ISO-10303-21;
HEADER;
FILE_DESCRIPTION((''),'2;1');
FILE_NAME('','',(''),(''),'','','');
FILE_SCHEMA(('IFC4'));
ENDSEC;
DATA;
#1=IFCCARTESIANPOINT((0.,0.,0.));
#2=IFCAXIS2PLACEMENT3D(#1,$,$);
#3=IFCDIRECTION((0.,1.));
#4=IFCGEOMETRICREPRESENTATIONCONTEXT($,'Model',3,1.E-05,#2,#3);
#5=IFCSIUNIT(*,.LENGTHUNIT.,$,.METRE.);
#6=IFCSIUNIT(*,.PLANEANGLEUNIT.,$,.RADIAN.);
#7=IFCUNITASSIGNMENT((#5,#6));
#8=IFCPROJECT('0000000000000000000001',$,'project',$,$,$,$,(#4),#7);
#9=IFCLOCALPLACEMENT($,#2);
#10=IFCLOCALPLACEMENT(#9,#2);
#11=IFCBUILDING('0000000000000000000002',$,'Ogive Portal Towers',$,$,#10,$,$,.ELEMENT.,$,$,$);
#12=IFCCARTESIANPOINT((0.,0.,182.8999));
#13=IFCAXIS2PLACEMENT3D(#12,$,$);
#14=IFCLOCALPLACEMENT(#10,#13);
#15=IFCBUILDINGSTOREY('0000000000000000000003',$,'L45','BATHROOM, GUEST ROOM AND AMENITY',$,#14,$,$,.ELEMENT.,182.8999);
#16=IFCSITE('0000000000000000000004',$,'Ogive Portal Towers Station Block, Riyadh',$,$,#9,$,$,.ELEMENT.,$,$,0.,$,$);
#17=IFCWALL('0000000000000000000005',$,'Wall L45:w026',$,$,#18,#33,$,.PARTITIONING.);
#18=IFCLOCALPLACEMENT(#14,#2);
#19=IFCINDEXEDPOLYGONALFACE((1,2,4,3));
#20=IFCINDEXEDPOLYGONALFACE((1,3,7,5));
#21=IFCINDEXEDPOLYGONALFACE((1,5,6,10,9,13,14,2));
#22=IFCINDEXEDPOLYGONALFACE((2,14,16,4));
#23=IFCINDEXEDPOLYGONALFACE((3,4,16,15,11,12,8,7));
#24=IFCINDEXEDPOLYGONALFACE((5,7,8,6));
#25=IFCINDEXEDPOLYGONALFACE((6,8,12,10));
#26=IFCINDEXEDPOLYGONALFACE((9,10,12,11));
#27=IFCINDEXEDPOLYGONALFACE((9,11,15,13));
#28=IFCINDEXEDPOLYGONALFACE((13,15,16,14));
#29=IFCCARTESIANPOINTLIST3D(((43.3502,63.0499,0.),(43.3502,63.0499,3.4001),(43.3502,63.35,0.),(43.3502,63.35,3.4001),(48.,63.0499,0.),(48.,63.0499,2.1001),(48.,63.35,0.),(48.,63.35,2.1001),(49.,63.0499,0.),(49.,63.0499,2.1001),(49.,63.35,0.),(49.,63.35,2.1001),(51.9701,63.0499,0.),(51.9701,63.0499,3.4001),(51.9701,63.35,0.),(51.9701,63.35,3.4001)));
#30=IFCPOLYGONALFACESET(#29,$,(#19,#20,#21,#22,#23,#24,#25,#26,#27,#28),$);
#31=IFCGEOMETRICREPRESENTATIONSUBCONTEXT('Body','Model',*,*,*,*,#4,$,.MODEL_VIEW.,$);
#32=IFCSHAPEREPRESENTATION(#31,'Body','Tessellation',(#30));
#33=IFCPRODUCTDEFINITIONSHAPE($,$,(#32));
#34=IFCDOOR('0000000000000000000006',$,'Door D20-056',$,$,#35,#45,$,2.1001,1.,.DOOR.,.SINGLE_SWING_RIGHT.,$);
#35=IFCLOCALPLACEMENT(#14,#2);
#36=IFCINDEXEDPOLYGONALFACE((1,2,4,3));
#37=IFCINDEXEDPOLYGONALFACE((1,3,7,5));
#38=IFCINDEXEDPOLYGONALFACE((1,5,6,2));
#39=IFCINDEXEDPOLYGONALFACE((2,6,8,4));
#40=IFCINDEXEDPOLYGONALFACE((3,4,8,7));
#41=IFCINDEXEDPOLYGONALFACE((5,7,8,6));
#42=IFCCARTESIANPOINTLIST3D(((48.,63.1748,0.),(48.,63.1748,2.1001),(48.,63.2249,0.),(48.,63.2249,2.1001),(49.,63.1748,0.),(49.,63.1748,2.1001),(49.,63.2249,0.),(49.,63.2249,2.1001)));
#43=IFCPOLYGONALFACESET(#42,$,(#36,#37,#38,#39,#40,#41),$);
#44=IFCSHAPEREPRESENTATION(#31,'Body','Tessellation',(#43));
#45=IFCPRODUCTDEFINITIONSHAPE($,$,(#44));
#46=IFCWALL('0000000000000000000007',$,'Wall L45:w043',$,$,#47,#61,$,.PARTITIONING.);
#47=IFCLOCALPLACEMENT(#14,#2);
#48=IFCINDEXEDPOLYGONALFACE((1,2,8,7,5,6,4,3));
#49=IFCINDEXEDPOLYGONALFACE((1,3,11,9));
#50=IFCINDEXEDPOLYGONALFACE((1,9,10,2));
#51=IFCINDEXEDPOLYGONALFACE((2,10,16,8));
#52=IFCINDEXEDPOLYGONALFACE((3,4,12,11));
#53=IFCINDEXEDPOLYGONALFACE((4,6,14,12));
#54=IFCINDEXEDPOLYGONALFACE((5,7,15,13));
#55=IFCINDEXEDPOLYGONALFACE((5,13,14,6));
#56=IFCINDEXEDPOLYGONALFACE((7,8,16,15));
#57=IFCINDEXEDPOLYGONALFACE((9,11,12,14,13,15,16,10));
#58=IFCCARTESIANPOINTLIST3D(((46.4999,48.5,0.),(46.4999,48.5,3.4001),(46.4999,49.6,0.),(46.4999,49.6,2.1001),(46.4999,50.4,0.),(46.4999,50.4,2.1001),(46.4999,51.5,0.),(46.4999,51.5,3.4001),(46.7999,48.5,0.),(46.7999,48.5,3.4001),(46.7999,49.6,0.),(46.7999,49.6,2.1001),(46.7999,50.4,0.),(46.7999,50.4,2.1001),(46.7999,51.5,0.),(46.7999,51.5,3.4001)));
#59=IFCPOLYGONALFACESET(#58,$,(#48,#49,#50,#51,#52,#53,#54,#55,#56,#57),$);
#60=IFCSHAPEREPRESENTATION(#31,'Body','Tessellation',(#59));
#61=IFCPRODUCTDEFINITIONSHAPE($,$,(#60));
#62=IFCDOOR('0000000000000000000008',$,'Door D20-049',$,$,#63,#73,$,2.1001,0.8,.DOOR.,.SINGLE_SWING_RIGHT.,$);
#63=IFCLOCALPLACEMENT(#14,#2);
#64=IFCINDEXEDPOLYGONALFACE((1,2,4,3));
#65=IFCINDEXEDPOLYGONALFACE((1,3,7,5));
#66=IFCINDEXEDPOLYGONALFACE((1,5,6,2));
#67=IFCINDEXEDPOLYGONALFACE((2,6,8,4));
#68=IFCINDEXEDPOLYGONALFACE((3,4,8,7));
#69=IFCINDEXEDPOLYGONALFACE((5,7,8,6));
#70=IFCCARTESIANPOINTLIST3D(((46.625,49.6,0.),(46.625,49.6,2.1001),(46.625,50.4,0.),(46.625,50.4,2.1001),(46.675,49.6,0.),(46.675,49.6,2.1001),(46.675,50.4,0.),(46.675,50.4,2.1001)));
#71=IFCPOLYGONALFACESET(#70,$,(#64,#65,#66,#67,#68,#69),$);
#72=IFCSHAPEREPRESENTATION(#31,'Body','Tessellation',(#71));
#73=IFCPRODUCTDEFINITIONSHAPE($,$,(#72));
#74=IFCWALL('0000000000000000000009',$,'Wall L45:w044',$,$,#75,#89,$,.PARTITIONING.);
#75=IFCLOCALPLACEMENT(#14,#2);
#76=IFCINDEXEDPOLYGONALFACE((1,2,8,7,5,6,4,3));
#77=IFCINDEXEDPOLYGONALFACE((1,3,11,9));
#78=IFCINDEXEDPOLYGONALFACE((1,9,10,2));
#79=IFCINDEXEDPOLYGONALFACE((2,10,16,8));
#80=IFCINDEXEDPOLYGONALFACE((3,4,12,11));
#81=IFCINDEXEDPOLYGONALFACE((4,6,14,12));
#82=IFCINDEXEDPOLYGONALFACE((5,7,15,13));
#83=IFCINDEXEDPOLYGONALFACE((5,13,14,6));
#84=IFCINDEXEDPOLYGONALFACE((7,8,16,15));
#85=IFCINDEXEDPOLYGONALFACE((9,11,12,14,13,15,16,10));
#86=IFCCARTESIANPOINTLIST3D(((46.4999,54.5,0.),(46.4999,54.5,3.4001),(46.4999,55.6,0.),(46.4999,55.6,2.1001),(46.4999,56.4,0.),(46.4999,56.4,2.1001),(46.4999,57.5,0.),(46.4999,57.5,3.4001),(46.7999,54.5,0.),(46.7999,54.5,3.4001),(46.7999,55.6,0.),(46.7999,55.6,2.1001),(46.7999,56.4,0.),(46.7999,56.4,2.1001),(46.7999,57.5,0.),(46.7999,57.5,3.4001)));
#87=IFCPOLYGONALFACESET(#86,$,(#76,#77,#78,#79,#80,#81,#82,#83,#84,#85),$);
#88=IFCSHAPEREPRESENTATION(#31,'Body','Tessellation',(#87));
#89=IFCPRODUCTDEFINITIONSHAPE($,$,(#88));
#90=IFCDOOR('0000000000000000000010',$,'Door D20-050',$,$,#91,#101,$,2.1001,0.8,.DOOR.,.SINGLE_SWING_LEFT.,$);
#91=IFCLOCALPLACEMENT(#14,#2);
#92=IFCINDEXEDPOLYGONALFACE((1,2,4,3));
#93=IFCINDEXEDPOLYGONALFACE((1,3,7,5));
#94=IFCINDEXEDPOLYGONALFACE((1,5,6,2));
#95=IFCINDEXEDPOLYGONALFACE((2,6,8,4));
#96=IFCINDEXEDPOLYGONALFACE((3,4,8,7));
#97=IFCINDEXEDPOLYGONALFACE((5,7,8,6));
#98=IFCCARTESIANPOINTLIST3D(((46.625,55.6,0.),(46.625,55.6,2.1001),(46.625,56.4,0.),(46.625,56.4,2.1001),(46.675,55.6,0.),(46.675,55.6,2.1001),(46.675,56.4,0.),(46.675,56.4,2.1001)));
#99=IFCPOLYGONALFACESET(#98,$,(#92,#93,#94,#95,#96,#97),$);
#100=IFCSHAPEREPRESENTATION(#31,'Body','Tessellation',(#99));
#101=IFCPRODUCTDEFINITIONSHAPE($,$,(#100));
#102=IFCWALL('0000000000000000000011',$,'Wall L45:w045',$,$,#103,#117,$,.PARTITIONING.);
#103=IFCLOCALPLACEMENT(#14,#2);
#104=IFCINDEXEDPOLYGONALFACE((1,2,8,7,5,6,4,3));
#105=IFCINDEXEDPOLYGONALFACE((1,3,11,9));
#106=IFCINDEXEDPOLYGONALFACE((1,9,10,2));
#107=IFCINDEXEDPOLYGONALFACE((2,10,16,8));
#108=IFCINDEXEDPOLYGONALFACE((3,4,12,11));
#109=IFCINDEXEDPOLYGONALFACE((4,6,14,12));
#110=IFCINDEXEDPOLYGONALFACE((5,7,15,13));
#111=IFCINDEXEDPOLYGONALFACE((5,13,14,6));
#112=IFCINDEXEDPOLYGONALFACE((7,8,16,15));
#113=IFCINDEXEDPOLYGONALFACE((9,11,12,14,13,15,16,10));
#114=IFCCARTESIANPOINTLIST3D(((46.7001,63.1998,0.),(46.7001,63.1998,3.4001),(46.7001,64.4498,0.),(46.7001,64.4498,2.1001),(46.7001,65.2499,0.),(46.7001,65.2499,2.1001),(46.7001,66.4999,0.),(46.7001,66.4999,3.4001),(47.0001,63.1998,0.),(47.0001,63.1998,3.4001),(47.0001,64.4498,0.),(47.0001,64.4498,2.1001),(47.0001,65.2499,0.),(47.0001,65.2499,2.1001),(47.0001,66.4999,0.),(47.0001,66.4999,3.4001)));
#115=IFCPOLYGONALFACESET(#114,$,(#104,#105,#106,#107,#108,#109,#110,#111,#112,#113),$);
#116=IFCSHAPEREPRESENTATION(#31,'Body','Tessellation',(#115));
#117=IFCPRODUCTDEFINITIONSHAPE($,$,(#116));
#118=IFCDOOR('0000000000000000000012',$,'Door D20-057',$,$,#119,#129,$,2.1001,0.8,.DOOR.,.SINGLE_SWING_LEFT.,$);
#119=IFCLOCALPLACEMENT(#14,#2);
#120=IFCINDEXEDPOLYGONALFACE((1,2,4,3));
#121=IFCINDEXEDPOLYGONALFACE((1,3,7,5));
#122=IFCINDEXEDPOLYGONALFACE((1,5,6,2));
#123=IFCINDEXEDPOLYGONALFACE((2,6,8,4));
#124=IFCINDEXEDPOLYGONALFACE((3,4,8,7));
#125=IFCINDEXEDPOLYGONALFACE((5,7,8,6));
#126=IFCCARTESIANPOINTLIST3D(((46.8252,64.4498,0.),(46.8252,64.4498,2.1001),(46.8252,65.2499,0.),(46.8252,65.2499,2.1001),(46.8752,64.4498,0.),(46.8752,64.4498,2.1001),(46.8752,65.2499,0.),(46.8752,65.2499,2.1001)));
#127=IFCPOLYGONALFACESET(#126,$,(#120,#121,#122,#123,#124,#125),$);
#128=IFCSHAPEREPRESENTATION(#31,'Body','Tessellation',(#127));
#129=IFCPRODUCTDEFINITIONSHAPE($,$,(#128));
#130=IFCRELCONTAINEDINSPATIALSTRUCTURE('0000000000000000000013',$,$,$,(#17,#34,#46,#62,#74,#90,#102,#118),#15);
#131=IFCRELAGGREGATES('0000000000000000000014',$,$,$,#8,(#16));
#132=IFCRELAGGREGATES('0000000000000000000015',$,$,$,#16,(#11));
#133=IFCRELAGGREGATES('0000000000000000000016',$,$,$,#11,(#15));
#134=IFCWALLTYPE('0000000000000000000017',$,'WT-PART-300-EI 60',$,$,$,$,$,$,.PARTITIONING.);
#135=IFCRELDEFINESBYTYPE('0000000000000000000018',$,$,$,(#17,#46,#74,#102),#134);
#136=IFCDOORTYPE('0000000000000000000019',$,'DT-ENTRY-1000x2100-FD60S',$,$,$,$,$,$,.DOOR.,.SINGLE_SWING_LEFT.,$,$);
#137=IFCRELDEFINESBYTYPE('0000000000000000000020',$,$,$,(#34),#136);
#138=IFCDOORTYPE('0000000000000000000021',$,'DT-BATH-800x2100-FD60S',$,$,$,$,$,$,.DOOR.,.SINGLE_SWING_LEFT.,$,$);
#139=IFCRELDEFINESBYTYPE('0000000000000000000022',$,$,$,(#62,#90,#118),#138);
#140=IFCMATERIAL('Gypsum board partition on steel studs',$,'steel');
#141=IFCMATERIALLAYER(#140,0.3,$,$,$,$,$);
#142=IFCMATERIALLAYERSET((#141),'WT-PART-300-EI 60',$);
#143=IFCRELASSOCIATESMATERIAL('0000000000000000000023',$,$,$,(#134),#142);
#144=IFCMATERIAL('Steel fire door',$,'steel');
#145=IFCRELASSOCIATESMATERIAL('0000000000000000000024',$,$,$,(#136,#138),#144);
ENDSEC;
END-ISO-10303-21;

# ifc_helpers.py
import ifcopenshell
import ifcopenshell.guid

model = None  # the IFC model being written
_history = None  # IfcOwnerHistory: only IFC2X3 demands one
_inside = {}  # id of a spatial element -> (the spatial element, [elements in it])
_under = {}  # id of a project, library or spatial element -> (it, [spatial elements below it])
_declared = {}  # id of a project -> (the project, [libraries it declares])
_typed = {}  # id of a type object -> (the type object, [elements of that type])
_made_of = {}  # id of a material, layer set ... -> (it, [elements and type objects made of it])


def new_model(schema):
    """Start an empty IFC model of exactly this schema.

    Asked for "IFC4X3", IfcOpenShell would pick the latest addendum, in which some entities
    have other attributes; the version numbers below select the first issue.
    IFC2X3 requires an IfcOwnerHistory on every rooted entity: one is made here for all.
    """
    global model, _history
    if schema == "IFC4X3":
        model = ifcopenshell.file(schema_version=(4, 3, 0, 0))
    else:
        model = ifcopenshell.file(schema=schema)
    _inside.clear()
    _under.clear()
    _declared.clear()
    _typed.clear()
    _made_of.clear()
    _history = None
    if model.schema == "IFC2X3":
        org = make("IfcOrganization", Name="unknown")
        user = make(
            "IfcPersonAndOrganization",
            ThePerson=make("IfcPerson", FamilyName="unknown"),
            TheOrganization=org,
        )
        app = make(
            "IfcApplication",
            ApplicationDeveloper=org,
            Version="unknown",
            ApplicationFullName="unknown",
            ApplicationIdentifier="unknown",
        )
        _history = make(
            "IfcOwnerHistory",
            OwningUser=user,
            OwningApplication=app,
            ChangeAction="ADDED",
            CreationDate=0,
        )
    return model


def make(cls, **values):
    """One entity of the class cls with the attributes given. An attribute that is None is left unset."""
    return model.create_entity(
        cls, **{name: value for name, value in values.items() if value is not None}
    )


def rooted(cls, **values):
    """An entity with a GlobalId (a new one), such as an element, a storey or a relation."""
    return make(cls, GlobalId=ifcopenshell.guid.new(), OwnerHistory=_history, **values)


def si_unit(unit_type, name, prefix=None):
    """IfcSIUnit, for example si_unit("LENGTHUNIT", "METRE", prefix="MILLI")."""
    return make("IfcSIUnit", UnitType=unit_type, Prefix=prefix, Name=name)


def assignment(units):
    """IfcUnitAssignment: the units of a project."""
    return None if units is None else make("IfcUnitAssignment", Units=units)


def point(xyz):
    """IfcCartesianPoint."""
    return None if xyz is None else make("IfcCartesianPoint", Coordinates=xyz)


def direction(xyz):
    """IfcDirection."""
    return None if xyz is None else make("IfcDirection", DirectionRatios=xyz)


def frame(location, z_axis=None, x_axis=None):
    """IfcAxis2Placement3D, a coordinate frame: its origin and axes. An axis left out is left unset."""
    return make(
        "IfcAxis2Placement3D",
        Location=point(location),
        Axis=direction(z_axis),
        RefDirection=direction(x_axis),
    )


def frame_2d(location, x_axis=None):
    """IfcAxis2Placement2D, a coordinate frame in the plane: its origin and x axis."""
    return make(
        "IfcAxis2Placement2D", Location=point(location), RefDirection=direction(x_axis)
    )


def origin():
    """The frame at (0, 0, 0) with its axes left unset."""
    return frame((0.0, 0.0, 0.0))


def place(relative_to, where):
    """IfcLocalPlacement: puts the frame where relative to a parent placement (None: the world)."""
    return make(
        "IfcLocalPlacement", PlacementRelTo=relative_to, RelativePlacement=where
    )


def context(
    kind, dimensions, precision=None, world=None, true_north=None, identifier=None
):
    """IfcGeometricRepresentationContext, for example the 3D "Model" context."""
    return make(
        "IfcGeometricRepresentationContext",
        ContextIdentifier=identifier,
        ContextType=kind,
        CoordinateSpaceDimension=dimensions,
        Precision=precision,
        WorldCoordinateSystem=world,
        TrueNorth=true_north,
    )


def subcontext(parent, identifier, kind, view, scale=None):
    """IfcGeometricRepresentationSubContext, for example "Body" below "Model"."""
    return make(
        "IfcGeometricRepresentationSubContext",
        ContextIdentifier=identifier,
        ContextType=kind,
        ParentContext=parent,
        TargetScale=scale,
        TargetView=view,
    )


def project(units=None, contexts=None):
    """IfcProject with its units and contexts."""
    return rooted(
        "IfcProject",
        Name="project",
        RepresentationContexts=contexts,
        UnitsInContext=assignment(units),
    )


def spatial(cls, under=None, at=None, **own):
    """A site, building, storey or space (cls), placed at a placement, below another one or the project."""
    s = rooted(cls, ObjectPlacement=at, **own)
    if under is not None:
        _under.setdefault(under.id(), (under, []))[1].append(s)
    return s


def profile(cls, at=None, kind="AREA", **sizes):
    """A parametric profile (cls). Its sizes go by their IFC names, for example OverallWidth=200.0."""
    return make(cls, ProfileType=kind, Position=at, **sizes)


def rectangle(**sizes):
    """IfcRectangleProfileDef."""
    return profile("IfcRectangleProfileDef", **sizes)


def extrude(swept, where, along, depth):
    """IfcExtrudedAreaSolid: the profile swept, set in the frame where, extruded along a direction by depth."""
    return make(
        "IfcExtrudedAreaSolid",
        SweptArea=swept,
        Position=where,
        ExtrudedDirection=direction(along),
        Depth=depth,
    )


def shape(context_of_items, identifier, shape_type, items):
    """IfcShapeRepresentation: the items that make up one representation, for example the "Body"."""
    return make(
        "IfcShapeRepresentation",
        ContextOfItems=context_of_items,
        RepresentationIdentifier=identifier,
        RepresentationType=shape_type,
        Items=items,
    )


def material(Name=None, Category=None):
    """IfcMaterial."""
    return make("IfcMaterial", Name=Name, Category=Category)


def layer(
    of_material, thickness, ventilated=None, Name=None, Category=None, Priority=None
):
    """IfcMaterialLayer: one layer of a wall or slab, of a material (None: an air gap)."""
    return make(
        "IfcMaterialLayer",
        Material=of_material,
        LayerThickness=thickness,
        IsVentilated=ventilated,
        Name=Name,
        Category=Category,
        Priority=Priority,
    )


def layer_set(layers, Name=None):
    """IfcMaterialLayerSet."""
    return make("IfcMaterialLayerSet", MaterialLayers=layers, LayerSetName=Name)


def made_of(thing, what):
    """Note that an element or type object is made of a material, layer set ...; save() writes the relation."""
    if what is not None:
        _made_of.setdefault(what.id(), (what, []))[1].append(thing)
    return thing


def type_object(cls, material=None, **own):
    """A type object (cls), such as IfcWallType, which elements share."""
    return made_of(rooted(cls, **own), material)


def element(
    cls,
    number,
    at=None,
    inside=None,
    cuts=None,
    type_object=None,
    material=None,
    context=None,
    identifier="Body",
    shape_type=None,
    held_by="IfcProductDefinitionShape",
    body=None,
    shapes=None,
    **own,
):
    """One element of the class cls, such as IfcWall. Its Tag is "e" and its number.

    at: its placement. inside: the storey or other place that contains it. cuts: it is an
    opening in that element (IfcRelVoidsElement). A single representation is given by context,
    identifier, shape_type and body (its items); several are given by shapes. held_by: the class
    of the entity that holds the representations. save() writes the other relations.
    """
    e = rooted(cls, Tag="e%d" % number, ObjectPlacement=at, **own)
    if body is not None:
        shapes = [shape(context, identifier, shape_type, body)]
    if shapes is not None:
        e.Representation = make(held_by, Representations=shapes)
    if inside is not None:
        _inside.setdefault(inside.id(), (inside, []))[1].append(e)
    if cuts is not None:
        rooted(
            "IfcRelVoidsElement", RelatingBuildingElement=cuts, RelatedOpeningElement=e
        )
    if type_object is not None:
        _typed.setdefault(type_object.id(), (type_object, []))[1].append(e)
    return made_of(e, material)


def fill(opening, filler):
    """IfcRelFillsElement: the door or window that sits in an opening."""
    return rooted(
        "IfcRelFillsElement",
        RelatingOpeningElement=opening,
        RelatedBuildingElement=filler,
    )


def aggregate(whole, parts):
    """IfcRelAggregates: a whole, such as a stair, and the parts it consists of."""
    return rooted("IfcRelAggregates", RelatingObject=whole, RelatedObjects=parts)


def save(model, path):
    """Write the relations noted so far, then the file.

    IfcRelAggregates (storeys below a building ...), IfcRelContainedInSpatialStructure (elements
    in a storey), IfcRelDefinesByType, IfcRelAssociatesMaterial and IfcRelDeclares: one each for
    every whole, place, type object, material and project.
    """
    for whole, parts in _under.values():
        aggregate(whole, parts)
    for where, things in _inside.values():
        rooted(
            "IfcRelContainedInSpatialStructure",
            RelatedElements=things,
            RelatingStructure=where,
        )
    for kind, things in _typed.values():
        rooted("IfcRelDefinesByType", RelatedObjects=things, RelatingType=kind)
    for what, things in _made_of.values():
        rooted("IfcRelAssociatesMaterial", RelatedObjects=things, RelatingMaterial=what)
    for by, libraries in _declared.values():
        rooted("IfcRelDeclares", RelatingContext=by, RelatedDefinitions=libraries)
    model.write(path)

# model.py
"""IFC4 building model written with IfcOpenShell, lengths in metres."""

from ifc_helpers import new_model, si_unit, direction, frame, frame_2d, origin, place, context, subcontext, project, spatial, rectangle, extrude, material, layer, layer_set, type_object, element, fill, save


model = new_model("IFC4")

# Units and contexts
model_context = context("Model", 3, precision=1e-05, world=origin(), true_north=direction((0.0, 1.0)))
body_context = subcontext(model_context, "Body", "Model", "MODEL_VIEW")
ifc_project = project(units=[si_unit("LENGTHUNIT", "METRE"), si_unit("PLANEANGLEUNIT", "RADIAN")], contexts=[model_context])

# Site, building, storey
site_placement = place(None, origin())
site = spatial("IfcSite", under=ifc_project, at=site_placement, Name="Ogive Portal Towers Station Block, Riyadh", CompositionType="ELEMENT", RefElevation=0.0)
building_placement = place(site_placement, origin())
building = spatial("IfcBuilding", under=site, at=building_placement, Name="Ogive Portal Towers", CompositionType="ELEMENT")
storey_placement = place(building_placement, frame((0.0, 0.0, 182.8999)))
storey = spatial("IfcBuildingStorey", under=building, at=storey_placement, Name="L45", Description="BATHROOM, GUEST ROOM AND AMENITY", CompositionType="ELEMENT", Elevation=182.8999)

# Shared definitions
ifc_material_1 = material(Name="Gypsum board partition on steel studs", Category="steel")
ifc_layer_1 = layer(ifc_material_1, 0.3)
ifc_layer_set_1 = layer_set([ifc_layer_1], Name="WT-PART-300-EI 60")
wall_type_1 = type_object("IfcWallType", Name="WT-PART-300-EI 60", PredefinedType="PARTITIONING", material=ifc_layer_set_1)

# Walls, openings, doors
wall_1_placement = place(storey_placement, frame((43.3501, 63.2, 0.0), z_axis=(0.0, 0.0, 1.0), x_axis=(1.0, 0.0, 0.0)))
wall_1 = element("IfcWall", 1, at=wall_1_placement, inside=storey, type_object=wall_type_1, Name="Wall L45:w026", PredefinedType="PARTITIONING", context=body_context, shape_type="SweptSolid", body=[
    extrude(rectangle(XDim=8.6199, YDim=0.3, at=frame_2d((4.3101, 0.0))), origin(), (0.0, 0.0, 1.0), 3.4001),
])
opening_1_placement = place(wall_1_placement, frame((4.6499, 0.0, 0.0)))
opening_1 = element("IfcOpeningElement", 2, at=opening_1_placement, cuts=wall_1, PredefinedType="OPENING", context=body_context, shape_type="SweptSolid", body=[
    extrude(rectangle(XDim=1.0, YDim=2.1001, at=frame_2d((0.5, 1.05))), frame((0.0, 0.1602, 0.0), z_axis=(0.0, -1.0, 0.0), x_axis=(1.0, 0.0, 0.0)), (0.0, 0.0, 1.0), 0.3201),
])
ifc_material_2 = material(Name="Steel fire door", Category="steel")
door_type_1 = type_object("IfcDoorType", Name="DT-ENTRY-1000x2100-FD60S", OperationType="SINGLE_SWING_LEFT", PredefinedType="DOOR", material=ifc_material_2)
door_1_placement = place(opening_1_placement, origin())
door_1 = element("IfcDoor", 3, at=door_1_placement, inside=storey, type_object=door_type_1, Name="Door D20-056", OperationType="SINGLE_SWING_RIGHT", OverallHeight=2.1001, OverallWidth=1.0, PredefinedType="DOOR", context=body_context, shape_type="SweptSolid", body=[
    extrude(rectangle(XDim=1.0, YDim=2.1001, at=frame_2d((0.5, 1.05))), frame((0.0, 0.0249, 0.0), z_axis=(0.0, -1.0, 0.0), x_axis=(1.0, 0.0, 0.0)), (0.0, 0.0, 1.0), 0.05),
])
fill(opening_1, door_1)
wall_2_placement = place(storey_placement, frame((46.6499, 48.5, 0.0), z_axis=(0.0, 0.0, 1.0), x_axis=(0.0, 1.0, 0.0)))
wall_2 = element("IfcWall", 4, at=wall_2_placement, inside=storey, type_object=wall_type_1, Name="Wall L45:w043", PredefinedType="PARTITIONING", context=body_context, shape_type="SweptSolid", body=[
    extrude(rectangle(XDim=3.0, YDim=0.3, at=frame_2d((1.5, 0.0))), origin(), (0.0, 0.0, 1.0), 3.4001),
])
opening_2_placement = place(wall_2_placement, frame((1.1001, 0.0, 0.0)))
opening_2 = element("IfcOpeningElement", 5, at=opening_2_placement, cuts=wall_2, PredefinedType="OPENING", context=body_context, shape_type="SweptSolid", body=[
    extrude(rectangle(XDim=0.8, YDim=2.1001, at=frame_2d((0.3999, 1.05))), frame((0.0, 0.1602, 0.0), z_axis=(0.0, -1.0, 0.0), x_axis=(1.0, 0.0, 0.0)), (0.0, 0.0, 1.0), 0.3201),
])
door_type_2 = type_object("IfcDoorType", Name="DT-BATH-800x2100-FD60S", OperationType="SINGLE_SWING_LEFT", PredefinedType="DOOR", material=ifc_material_2)
door_2_placement = place(opening_2_placement, origin())
door_2 = element("IfcDoor", 6, at=door_2_placement, inside=storey, type_object=door_type_2, Name="Door D20-049", OperationType="SINGLE_SWING_RIGHT", OverallHeight=2.1001, OverallWidth=0.8, PredefinedType="DOOR", context=body_context, shape_type="SweptSolid", body=[
    extrude(rectangle(XDim=0.8, YDim=2.1001, at=frame_2d((0.3999, 1.05))), frame((0.0, 0.0249, 0.0), z_axis=(0.0, -1.0, 0.0), x_axis=(1.0, 0.0, 0.0)), (0.0, 0.0, 1.0), 0.05),
])
fill(opening_2, door_2)
wall_3_placement = place(storey_placement, frame((46.6499, 54.5, 0.0), z_axis=(0.0, 0.0, 1.0), x_axis=(0.0, 1.0, 0.0)))
wall_3 = element("IfcWall", 7, at=wall_3_placement, inside=storey, type_object=wall_type_1, Name="Wall L45:w044", PredefinedType="PARTITIONING", context=body_context, shape_type="SweptSolid", body=[
    extrude(rectangle(XDim=3.0, YDim=0.3, at=frame_2d((1.5, 0.0))), origin(), (0.0, 0.0, 1.0), 3.4001),
])
opening_3_placement = place(wall_3_placement, frame((1.1001, 0.0, 0.0)))
opening_3 = element("IfcOpeningElement", 8, at=opening_3_placement, cuts=wall_3, PredefinedType="OPENING", context=body_context, shape_type="SweptSolid", body=[
    extrude(rectangle(XDim=0.8, YDim=2.1001, at=frame_2d((0.3999, 1.05))), frame((0.0, 0.1602, 0.0), z_axis=(0.0, -1.0, 0.0), x_axis=(1.0, 0.0, 0.0)), (0.0, 0.0, 1.0), 0.3201),
])
door_3_placement = place(opening_3_placement, origin())
door_3 = element("IfcDoor", 9, at=door_3_placement, inside=storey, type_object=door_type_2, Name="Door D20-050", OperationType="SINGLE_SWING_LEFT", OverallHeight=2.1001, OverallWidth=0.8, PredefinedType="DOOR", context=body_context, shape_type="SweptSolid", body=[
    extrude(rectangle(XDim=0.8, YDim=2.1001, at=frame_2d((0.3999, 1.05))), frame((0.0, 0.0249, 0.0), z_axis=(0.0, -1.0, 0.0), x_axis=(1.0, 0.0, 0.0)), (0.0, 0.0, 1.0), 0.05),
])
fill(opening_3, door_3)
wall_4_placement = place(storey_placement, frame((46.8501, 63.2, 0.0), z_axis=(0.0, 0.0, 1.0), x_axis=(0.0, 1.0, 0.0)))
wall_4 = element("IfcWall", 10, at=wall_4_placement, inside=storey, type_object=wall_type_1, Name="Wall L45:w045", PredefinedType="PARTITIONING", context=body_context, shape_type="SweptSolid", body=[
    extrude(rectangle(XDim=3.3, YDim=0.3, at=frame_2d((1.6499, 0.0))), origin(), (0.0, 0.0, 1.0), 3.4001),
])
opening_4_placement = place(wall_4_placement, frame((1.25, 0.0, 0.0)))
opening_4 = element("IfcOpeningElement", 11, at=opening_4_placement, cuts=wall_4, PredefinedType="OPENING", context=body_context, shape_type="SweptSolid", body=[
    extrude(rectangle(XDim=0.8, YDim=2.1001, at=frame_2d((0.3999, 1.05))), frame((0.0, 0.1602, 0.0), z_axis=(0.0, -1.0, 0.0), x_axis=(1.0, 0.0, 0.0)), (0.0, 0.0, 1.0), 0.3201),
])
door_4_placement = place(opening_4_placement, origin())
door_4 = element("IfcDoor", 12, at=door_4_placement, inside=storey, type_object=door_type_2, Name="Door D20-057", OperationType="SINGLE_SWING_LEFT", OverallHeight=2.1001, OverallWidth=0.8, PredefinedType="DOOR", context=body_context, shape_type="SweptSolid", body=[
    extrude(rectangle(XDim=0.8, YDim=2.1001, at=frame_2d((0.3999, 1.05))), frame((0.0, 0.0249, 0.0), z_axis=(0.0, -1.0, 0.0), x_axis=(1.0, 0.0, 0.0)), (0.0, 0.0, 1.0), 0.05),
])
fill(opening_4, door_4)

save(model, "model.ifc")
